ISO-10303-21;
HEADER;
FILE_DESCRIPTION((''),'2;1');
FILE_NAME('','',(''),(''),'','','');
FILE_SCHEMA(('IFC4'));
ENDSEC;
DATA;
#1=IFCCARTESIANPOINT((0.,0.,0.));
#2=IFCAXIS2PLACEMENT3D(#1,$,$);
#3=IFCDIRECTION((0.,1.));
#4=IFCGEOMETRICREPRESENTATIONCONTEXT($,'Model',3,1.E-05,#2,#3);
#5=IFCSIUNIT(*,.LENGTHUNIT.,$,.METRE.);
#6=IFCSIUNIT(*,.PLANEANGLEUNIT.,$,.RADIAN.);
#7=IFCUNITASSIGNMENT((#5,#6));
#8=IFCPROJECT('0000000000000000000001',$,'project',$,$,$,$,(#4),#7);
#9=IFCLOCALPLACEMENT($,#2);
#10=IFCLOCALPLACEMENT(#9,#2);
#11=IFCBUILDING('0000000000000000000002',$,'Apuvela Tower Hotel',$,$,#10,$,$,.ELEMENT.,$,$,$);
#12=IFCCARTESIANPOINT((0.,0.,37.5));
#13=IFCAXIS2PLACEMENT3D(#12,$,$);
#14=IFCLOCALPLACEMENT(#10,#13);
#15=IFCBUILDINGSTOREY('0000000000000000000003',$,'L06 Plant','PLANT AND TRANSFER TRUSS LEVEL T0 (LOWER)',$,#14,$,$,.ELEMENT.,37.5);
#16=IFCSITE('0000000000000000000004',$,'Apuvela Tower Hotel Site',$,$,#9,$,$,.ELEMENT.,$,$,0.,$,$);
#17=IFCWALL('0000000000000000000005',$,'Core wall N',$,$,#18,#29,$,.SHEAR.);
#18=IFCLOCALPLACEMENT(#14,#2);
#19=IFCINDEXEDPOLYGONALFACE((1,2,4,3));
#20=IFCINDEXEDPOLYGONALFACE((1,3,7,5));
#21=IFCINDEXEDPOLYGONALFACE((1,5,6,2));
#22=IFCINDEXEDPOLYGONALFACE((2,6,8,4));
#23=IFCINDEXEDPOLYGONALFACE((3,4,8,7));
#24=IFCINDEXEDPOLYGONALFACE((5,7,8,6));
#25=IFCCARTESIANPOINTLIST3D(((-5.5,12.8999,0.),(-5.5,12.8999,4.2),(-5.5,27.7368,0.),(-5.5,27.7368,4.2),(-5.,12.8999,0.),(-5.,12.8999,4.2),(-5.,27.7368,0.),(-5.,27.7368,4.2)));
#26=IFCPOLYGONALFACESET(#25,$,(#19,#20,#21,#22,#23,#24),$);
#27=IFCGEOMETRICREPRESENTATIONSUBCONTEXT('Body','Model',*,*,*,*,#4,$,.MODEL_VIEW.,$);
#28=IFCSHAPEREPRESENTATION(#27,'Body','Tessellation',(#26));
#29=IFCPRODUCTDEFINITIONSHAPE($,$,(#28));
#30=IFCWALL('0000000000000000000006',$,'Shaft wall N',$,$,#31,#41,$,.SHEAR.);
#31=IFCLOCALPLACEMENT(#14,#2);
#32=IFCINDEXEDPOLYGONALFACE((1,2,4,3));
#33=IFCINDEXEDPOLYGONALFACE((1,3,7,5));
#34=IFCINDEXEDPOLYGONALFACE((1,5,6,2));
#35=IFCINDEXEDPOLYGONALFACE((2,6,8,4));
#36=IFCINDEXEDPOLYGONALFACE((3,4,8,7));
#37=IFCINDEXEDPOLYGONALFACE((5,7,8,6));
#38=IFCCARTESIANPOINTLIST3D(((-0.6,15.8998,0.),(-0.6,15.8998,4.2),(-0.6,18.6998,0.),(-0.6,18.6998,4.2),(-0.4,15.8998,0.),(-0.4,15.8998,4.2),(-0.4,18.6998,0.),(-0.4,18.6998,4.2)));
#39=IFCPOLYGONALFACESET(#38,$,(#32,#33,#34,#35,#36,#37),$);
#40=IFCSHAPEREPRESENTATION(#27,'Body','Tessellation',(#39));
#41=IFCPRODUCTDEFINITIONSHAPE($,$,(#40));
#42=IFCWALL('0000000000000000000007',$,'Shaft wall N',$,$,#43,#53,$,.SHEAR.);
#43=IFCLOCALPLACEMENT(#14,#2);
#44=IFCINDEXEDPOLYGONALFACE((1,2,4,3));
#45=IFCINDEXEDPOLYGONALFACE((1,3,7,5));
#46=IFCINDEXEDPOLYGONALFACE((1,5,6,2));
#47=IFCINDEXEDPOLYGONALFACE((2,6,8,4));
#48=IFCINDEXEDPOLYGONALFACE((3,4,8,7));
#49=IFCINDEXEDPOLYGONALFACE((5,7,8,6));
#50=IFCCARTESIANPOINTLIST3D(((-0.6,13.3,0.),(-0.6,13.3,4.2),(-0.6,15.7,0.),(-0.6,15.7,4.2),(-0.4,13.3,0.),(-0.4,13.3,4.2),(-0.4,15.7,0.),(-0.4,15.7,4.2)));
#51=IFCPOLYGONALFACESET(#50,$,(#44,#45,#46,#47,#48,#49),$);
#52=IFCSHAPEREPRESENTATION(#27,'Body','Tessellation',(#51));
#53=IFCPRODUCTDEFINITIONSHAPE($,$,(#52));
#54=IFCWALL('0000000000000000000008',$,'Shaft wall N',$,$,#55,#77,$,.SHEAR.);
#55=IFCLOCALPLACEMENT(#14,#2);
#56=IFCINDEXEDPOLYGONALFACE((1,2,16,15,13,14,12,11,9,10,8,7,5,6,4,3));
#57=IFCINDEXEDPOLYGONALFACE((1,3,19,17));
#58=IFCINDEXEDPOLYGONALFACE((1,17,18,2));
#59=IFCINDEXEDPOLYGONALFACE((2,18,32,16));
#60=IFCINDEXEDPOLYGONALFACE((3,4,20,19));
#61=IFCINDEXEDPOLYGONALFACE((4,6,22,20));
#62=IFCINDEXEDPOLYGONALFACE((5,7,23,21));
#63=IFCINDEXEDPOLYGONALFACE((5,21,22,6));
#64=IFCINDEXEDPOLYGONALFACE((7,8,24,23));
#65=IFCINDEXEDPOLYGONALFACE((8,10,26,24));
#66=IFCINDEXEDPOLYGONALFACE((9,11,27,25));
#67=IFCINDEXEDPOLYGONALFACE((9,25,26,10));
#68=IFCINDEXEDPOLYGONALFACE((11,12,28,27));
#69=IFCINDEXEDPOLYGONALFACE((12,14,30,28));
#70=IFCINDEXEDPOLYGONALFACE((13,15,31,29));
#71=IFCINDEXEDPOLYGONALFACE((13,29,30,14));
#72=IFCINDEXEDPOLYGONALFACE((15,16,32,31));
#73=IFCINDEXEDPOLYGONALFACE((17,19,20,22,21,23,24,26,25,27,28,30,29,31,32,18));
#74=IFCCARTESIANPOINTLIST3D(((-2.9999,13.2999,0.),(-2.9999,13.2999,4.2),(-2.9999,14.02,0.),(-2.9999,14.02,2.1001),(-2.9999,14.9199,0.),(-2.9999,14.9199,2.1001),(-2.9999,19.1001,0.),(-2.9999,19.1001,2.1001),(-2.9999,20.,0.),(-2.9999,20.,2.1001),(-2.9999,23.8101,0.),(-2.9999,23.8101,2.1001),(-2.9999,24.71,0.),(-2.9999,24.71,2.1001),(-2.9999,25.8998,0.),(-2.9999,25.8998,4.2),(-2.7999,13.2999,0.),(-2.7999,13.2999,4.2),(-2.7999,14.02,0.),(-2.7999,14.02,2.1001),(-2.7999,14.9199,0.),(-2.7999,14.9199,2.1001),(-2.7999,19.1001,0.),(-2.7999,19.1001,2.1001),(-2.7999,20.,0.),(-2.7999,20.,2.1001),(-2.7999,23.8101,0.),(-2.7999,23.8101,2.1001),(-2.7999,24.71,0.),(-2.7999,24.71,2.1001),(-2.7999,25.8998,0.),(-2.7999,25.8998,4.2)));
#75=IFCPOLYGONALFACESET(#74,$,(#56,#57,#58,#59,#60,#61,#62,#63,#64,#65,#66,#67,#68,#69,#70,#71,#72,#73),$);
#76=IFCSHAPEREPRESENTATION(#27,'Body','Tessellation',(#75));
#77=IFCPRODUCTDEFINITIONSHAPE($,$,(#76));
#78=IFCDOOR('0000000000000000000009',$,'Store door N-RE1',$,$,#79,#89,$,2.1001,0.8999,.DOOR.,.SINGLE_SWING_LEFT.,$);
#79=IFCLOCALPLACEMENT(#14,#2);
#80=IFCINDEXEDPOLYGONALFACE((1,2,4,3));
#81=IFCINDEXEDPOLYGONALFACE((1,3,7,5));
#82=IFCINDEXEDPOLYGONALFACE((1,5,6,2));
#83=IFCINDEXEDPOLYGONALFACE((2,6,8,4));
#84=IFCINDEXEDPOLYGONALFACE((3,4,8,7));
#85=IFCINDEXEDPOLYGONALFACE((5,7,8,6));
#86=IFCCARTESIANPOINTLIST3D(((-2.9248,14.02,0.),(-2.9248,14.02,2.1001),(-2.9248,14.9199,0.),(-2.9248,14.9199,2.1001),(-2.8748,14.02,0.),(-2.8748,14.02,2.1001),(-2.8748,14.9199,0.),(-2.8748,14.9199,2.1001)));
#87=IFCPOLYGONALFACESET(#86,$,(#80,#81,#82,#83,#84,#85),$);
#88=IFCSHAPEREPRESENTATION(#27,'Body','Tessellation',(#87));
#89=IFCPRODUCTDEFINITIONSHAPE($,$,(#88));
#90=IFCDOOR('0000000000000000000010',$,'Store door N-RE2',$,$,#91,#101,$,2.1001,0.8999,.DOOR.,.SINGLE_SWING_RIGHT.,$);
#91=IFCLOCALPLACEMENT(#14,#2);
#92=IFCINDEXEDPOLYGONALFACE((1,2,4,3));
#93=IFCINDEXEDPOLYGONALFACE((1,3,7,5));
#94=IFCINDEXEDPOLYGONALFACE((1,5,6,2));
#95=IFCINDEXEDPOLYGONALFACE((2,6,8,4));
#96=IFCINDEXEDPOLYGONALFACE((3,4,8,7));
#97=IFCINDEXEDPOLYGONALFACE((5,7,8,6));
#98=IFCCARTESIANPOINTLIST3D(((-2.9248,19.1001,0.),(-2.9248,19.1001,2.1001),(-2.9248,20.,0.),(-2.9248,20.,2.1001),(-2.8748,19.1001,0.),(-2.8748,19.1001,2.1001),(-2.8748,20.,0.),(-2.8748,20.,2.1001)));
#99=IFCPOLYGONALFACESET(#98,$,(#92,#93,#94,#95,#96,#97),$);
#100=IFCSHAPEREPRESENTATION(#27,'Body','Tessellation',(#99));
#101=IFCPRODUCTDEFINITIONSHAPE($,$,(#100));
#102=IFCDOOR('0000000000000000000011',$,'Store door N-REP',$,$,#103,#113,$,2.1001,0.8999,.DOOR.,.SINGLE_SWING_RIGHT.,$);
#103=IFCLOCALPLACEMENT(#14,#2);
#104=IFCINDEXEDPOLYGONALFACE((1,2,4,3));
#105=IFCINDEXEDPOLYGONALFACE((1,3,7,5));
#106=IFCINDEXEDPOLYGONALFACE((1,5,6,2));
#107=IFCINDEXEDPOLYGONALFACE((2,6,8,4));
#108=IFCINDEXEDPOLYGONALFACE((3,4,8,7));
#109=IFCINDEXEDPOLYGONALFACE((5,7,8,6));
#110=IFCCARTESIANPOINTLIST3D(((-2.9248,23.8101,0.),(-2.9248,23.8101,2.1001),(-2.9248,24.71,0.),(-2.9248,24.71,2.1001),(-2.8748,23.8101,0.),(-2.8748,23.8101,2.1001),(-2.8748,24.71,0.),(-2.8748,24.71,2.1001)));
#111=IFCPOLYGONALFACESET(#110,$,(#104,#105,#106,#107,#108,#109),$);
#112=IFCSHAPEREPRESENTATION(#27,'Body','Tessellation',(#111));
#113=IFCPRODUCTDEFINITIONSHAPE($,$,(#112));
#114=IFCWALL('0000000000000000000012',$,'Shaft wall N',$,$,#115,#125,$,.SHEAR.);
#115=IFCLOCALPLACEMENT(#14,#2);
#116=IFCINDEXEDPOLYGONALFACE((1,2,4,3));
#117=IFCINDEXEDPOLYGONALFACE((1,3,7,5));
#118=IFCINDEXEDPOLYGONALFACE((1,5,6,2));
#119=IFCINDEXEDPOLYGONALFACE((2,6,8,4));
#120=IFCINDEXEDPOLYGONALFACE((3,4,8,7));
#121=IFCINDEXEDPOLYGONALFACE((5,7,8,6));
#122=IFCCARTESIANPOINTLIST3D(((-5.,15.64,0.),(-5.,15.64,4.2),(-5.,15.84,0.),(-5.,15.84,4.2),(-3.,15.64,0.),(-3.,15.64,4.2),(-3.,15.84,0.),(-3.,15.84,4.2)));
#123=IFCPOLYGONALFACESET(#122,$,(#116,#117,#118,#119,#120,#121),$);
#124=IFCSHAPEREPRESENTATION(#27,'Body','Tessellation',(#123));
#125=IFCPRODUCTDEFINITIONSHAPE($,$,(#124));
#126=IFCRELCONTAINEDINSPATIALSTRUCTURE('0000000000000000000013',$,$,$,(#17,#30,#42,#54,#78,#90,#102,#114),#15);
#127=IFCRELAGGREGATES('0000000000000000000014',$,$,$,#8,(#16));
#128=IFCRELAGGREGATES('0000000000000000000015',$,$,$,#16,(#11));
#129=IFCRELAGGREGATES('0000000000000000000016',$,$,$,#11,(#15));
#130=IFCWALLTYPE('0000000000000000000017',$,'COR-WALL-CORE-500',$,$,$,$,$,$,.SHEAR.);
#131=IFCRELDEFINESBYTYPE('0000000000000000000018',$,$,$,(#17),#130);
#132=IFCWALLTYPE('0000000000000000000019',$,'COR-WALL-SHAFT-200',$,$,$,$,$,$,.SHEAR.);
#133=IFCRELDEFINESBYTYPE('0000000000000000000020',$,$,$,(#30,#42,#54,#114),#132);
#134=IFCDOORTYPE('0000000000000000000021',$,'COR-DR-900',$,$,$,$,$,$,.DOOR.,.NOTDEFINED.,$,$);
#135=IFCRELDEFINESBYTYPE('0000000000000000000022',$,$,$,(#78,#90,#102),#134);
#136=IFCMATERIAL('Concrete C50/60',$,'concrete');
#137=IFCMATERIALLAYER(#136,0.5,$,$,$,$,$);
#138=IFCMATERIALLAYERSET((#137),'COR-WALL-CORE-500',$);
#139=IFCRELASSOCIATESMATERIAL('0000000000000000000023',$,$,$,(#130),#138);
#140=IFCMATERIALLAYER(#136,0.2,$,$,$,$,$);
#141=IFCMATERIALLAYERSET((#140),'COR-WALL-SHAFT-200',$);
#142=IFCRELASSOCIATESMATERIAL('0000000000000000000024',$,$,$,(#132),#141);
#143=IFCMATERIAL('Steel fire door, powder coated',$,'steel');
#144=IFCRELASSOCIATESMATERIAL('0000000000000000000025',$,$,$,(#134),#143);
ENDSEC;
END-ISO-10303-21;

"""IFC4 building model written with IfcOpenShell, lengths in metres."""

from ifc_helpers import new_model, si_unit, direction, frame, frame_2d, origin, place, context, subcontext, project, spatial, rectangle, extrude, material, layer, layer_set, type_object, element, fill, save


model = new_model("IFC4")

# Units and contexts
model_context = context("Model", 3, precision=1e-05, world=origin(), true_north=direction((0.0, 1.0)))
body_context = subcontext(model_context, "Body", "Model", "MODEL_VIEW")
ifc_project = project(units=[si_unit("LENGTHUNIT", "METRE"), si_unit("PLANEANGLEUNIT", "RADIAN")], contexts=[model_context])

# Site, building, storey
site_placement = place(None, origin())
site = spatial("IfcSite", under=ifc_project, at=site_placement, Name="Apuvela Tower Hotel Site", CompositionType="ELEMENT", RefElevation=0.0)
building_placement = place(site_placement, origin())
building = spatial("IfcBuilding", under=site, at=building_placement, Name="Apuvela Tower Hotel", CompositionType="ELEMENT")
storey_placement = place(building_placement, frame((0.0, 0.0, 37.5)))
storey = spatial("IfcBuildingStorey", under=building, at=storey_placement, Name="L06 Plant", Description="PLANT AND TRANSFER TRUSS LEVEL T0 (LOWER)", CompositionType="ELEMENT", Elevation=37.5)

# Walls
ifc_material_1 = material(Name="Concrete C50/60", Category="concrete")
ifc_layer_1 = layer(ifc_material_1, 0.5)
ifc_layer_set_1 = layer_set([ifc_layer_1], Name="COR-WALL-CORE-500")
wall_type_1 = type_object("IfcWallType", Name="COR-WALL-CORE-500", PredefinedType="SHEAR", material=ifc_layer_set_1)
wall_1_placement = place(storey_placement, frame((-5.25, 12.8999, 0.0), z_axis=(0.0, 0.0, 1.0), x_axis=(0.0, 1.0, 0.0)))
element("IfcWall", 1, at=wall_1_placement, inside=storey, type_object=wall_type_1, Name="Core wall N", PredefinedType="SHEAR", context=body_context, shape_type="SweptSolid", body=[
    extrude(rectangle(XDim=14.8369, YDim=0.5, at=frame_2d((7.4185, 0.0))), origin(), (0.0, 0.0, 1.0), 4.2),
])
ifc_layer_2 = layer(ifc_material_1, 0.2)
ifc_layer_set_2 = layer_set([ifc_layer_2], Name="COR-WALL-SHAFT-200")
wall_type_2 = type_object("IfcWallType", Name="COR-WALL-SHAFT-200", PredefinedType="SHEAR", material=ifc_layer_set_2)
wall_2_placement = place(storey_placement, frame((-0.5, 15.8999, 0.0), z_axis=(0.0, 0.0, 1.0), x_axis=(0.0, 1.0, 0.0)))
element("IfcWall", 2, at=wall_2_placement, inside=storey, type_object=wall_type_2, Name="Shaft wall N", PredefinedType="SHEAR", context=body_context, shape_type="SweptSolid", body=[
    extrude(rectangle(XDim=2.8, YDim=0.2, at=frame_2d((1.3999, 0.0))), origin(), (0.0, 0.0, 1.0), 4.2),
])
wall_3_placement = place(storey_placement, frame((-0.5, 13.3, 0.0), z_axis=(0.0, 0.0, 1.0), x_axis=(0.0, 1.0, 0.0)))
element("IfcWall", 3, at=wall_3_placement, inside=storey, type_object=wall_type_2, Name="Shaft wall N", PredefinedType="SHEAR", context=body_context, shape_type="SweptSolid", body=[
    extrude(rectangle(XDim=2.3999, YDim=0.2, at=frame_2d((1.2, 0.0))), origin(), (0.0, 0.0, 1.0), 4.2),
])

# Wall, openings, doors
wall_4_placement = place(storey_placement, frame((-2.8999, 13.3, 0.0), z_axis=(0.0, 0.0, 1.0), x_axis=(0.0, 1.0, 0.0)))
wall_4 = element("IfcWall", 4, at=wall_4_placement, inside=storey, type_object=wall_type_2, Name="Shaft wall N", PredefinedType="SHEAR", context=body_context, shape_type="SweptSolid", body=[
    extrude(rectangle(XDim=12.5999, YDim=0.2, at=frame_2d((6.2998, 0.0))), origin(), (0.0, 0.0, 1.0), 4.2),
])
opening_1_placement = place(wall_4_placement, frame((0.72, 0.0, 0.0)))
opening_1 = element("IfcOpeningElement", 5, at=opening_1_placement, cuts=wall_4, PredefinedType="OPENING", context=body_context, shape_type="SweptSolid", body=[
    extrude(rectangle(XDim=0.8999, YDim=2.1001, at=frame_2d((0.45, 1.05))), frame((0.0, 0.1099, 0.0), z_axis=(0.0, -1.0, 0.0), x_axis=(1.0, 0.0, 0.0)), (0.0, 0.0, 1.0), 0.22),
])
opening_2_placement = place(wall_4_placement, frame((5.8, 0.0, 0.0)))
opening_2 = element("IfcOpeningElement", 6, at=opening_2_placement, cuts=wall_4, PredefinedType="OPENING", context=body_context, shape_type="SweptSolid", body=[
    extrude(rectangle(XDim=0.8999, YDim=2.1001, at=frame_2d((0.45, 1.05))), frame((0.0, 0.1099, 0.0), z_axis=(0.0, -1.0, 0.0), x_axis=(1.0, 0.0, 0.0)), (0.0, 0.0, 1.0), 0.22),
])
opening_3_placement = place(wall_4_placement, frame((10.51, 0.0, 0.0)))
opening_3 = element("IfcOpeningElement", 7, at=opening_3_placement, cuts=wall_4, PredefinedType="OPENING", context=body_context, shape_type="SweptSolid", body=[
    extrude(rectangle(XDim=0.8999, YDim=2.1001, at=frame_2d((0.45, 1.05))), frame((0.0, 0.1099, 0.0), z_axis=(0.0, -1.0, 0.0), x_axis=(1.0, 0.0, 0.0)), (0.0, 0.0, 1.0), 0.22),
])
ifc_material_2 = material(Name="Steel fire door, powder coated", Category="steel")
door_type_1 = type_object("IfcDoorType", Name="COR-DR-900", OperationType="NOTDEFINED", PredefinedType="DOOR", material=ifc_material_2)
door_1_placement = place(opening_1_placement, origin())
door_1 = element("IfcDoor", 8, at=door_1_placement, inside=storey, type_object=door_type_1, Name="Store door N-RE1", OperationType="SINGLE_SWING_LEFT", OverallHeight=2.1001, OverallWidth=0.8999, PredefinedType="DOOR", context=body_context, shape_type="SweptSolid", body=[
    extrude(rectangle(XDim=0.8999, YDim=2.1001, at=frame_2d((0.45, 1.05))), frame((0.0, 0.0249, 0.0), z_axis=(0.0, -1.0, 0.0), x_axis=(1.0, 0.0, 0.0)), (0.0, 0.0, 1.0), 0.05),
])
fill(opening_1, door_1)
door_2_placement = place(opening_2_placement, origin())
door_2 = element("IfcDoor", 9, at=door_2_placement, inside=storey, type_object=door_type_1, Name="Store door N-RE2", OperationType="SINGLE_SWING_RIGHT", OverallHeight=2.1001, OverallWidth=0.8999, PredefinedType="DOOR", context=body_context, shape_type="SweptSolid", body=[
    extrude(rectangle(XDim=0.8999, YDim=2.1001, at=frame_2d((0.45, 1.05))), frame((0.0, 0.0249, 0.0), z_axis=(0.0, -1.0, 0.0), x_axis=(1.0, 0.0, 0.0)), (0.0, 0.0, 1.0), 0.05),
])
fill(opening_2, door_2)
door_3_placement = place(opening_3_placement, origin())
door_3 = element("IfcDoor", 10, at=door_3_placement, inside=storey, type_object=door_type_1, Name="Store door N-REP", OperationType="SINGLE_SWING_RIGHT", OverallHeight=2.1001, OverallWidth=0.8999, PredefinedType="DOOR", context=body_context, shape_type="SweptSolid", body=[
    extrude(rectangle(XDim=0.8999, YDim=2.1001, at=frame_2d((0.45, 1.05))), frame((0.0, 0.0249, 0.0), z_axis=(0.0, -1.0, 0.0), x_axis=(1.0, 0.0, 0.0)), (0.0, 0.0, 1.0), 0.05),
])
fill(opening_3, door_3)

# Wall
wall_5_placement = place(storey_placement, frame((-3.0, 15.74, 0.0), z_axis=(0.0, 0.0, 1.0), x_axis=(-1.0, 0.0, 0.0)))
element("IfcWall", 11, at=wall_5_placement, inside=storey, type_object=wall_type_2, Name="Shaft wall N", PredefinedType="SHEAR", context=body_context, shape_type="SweptSolid", body=[
    extrude(rectangle(XDim=2.0, YDim=0.2, at=frame_2d((1.0, 0.0))), origin(), (0.0, 0.0, 1.0), 4.2),
])

save(model, "model.ifc")
